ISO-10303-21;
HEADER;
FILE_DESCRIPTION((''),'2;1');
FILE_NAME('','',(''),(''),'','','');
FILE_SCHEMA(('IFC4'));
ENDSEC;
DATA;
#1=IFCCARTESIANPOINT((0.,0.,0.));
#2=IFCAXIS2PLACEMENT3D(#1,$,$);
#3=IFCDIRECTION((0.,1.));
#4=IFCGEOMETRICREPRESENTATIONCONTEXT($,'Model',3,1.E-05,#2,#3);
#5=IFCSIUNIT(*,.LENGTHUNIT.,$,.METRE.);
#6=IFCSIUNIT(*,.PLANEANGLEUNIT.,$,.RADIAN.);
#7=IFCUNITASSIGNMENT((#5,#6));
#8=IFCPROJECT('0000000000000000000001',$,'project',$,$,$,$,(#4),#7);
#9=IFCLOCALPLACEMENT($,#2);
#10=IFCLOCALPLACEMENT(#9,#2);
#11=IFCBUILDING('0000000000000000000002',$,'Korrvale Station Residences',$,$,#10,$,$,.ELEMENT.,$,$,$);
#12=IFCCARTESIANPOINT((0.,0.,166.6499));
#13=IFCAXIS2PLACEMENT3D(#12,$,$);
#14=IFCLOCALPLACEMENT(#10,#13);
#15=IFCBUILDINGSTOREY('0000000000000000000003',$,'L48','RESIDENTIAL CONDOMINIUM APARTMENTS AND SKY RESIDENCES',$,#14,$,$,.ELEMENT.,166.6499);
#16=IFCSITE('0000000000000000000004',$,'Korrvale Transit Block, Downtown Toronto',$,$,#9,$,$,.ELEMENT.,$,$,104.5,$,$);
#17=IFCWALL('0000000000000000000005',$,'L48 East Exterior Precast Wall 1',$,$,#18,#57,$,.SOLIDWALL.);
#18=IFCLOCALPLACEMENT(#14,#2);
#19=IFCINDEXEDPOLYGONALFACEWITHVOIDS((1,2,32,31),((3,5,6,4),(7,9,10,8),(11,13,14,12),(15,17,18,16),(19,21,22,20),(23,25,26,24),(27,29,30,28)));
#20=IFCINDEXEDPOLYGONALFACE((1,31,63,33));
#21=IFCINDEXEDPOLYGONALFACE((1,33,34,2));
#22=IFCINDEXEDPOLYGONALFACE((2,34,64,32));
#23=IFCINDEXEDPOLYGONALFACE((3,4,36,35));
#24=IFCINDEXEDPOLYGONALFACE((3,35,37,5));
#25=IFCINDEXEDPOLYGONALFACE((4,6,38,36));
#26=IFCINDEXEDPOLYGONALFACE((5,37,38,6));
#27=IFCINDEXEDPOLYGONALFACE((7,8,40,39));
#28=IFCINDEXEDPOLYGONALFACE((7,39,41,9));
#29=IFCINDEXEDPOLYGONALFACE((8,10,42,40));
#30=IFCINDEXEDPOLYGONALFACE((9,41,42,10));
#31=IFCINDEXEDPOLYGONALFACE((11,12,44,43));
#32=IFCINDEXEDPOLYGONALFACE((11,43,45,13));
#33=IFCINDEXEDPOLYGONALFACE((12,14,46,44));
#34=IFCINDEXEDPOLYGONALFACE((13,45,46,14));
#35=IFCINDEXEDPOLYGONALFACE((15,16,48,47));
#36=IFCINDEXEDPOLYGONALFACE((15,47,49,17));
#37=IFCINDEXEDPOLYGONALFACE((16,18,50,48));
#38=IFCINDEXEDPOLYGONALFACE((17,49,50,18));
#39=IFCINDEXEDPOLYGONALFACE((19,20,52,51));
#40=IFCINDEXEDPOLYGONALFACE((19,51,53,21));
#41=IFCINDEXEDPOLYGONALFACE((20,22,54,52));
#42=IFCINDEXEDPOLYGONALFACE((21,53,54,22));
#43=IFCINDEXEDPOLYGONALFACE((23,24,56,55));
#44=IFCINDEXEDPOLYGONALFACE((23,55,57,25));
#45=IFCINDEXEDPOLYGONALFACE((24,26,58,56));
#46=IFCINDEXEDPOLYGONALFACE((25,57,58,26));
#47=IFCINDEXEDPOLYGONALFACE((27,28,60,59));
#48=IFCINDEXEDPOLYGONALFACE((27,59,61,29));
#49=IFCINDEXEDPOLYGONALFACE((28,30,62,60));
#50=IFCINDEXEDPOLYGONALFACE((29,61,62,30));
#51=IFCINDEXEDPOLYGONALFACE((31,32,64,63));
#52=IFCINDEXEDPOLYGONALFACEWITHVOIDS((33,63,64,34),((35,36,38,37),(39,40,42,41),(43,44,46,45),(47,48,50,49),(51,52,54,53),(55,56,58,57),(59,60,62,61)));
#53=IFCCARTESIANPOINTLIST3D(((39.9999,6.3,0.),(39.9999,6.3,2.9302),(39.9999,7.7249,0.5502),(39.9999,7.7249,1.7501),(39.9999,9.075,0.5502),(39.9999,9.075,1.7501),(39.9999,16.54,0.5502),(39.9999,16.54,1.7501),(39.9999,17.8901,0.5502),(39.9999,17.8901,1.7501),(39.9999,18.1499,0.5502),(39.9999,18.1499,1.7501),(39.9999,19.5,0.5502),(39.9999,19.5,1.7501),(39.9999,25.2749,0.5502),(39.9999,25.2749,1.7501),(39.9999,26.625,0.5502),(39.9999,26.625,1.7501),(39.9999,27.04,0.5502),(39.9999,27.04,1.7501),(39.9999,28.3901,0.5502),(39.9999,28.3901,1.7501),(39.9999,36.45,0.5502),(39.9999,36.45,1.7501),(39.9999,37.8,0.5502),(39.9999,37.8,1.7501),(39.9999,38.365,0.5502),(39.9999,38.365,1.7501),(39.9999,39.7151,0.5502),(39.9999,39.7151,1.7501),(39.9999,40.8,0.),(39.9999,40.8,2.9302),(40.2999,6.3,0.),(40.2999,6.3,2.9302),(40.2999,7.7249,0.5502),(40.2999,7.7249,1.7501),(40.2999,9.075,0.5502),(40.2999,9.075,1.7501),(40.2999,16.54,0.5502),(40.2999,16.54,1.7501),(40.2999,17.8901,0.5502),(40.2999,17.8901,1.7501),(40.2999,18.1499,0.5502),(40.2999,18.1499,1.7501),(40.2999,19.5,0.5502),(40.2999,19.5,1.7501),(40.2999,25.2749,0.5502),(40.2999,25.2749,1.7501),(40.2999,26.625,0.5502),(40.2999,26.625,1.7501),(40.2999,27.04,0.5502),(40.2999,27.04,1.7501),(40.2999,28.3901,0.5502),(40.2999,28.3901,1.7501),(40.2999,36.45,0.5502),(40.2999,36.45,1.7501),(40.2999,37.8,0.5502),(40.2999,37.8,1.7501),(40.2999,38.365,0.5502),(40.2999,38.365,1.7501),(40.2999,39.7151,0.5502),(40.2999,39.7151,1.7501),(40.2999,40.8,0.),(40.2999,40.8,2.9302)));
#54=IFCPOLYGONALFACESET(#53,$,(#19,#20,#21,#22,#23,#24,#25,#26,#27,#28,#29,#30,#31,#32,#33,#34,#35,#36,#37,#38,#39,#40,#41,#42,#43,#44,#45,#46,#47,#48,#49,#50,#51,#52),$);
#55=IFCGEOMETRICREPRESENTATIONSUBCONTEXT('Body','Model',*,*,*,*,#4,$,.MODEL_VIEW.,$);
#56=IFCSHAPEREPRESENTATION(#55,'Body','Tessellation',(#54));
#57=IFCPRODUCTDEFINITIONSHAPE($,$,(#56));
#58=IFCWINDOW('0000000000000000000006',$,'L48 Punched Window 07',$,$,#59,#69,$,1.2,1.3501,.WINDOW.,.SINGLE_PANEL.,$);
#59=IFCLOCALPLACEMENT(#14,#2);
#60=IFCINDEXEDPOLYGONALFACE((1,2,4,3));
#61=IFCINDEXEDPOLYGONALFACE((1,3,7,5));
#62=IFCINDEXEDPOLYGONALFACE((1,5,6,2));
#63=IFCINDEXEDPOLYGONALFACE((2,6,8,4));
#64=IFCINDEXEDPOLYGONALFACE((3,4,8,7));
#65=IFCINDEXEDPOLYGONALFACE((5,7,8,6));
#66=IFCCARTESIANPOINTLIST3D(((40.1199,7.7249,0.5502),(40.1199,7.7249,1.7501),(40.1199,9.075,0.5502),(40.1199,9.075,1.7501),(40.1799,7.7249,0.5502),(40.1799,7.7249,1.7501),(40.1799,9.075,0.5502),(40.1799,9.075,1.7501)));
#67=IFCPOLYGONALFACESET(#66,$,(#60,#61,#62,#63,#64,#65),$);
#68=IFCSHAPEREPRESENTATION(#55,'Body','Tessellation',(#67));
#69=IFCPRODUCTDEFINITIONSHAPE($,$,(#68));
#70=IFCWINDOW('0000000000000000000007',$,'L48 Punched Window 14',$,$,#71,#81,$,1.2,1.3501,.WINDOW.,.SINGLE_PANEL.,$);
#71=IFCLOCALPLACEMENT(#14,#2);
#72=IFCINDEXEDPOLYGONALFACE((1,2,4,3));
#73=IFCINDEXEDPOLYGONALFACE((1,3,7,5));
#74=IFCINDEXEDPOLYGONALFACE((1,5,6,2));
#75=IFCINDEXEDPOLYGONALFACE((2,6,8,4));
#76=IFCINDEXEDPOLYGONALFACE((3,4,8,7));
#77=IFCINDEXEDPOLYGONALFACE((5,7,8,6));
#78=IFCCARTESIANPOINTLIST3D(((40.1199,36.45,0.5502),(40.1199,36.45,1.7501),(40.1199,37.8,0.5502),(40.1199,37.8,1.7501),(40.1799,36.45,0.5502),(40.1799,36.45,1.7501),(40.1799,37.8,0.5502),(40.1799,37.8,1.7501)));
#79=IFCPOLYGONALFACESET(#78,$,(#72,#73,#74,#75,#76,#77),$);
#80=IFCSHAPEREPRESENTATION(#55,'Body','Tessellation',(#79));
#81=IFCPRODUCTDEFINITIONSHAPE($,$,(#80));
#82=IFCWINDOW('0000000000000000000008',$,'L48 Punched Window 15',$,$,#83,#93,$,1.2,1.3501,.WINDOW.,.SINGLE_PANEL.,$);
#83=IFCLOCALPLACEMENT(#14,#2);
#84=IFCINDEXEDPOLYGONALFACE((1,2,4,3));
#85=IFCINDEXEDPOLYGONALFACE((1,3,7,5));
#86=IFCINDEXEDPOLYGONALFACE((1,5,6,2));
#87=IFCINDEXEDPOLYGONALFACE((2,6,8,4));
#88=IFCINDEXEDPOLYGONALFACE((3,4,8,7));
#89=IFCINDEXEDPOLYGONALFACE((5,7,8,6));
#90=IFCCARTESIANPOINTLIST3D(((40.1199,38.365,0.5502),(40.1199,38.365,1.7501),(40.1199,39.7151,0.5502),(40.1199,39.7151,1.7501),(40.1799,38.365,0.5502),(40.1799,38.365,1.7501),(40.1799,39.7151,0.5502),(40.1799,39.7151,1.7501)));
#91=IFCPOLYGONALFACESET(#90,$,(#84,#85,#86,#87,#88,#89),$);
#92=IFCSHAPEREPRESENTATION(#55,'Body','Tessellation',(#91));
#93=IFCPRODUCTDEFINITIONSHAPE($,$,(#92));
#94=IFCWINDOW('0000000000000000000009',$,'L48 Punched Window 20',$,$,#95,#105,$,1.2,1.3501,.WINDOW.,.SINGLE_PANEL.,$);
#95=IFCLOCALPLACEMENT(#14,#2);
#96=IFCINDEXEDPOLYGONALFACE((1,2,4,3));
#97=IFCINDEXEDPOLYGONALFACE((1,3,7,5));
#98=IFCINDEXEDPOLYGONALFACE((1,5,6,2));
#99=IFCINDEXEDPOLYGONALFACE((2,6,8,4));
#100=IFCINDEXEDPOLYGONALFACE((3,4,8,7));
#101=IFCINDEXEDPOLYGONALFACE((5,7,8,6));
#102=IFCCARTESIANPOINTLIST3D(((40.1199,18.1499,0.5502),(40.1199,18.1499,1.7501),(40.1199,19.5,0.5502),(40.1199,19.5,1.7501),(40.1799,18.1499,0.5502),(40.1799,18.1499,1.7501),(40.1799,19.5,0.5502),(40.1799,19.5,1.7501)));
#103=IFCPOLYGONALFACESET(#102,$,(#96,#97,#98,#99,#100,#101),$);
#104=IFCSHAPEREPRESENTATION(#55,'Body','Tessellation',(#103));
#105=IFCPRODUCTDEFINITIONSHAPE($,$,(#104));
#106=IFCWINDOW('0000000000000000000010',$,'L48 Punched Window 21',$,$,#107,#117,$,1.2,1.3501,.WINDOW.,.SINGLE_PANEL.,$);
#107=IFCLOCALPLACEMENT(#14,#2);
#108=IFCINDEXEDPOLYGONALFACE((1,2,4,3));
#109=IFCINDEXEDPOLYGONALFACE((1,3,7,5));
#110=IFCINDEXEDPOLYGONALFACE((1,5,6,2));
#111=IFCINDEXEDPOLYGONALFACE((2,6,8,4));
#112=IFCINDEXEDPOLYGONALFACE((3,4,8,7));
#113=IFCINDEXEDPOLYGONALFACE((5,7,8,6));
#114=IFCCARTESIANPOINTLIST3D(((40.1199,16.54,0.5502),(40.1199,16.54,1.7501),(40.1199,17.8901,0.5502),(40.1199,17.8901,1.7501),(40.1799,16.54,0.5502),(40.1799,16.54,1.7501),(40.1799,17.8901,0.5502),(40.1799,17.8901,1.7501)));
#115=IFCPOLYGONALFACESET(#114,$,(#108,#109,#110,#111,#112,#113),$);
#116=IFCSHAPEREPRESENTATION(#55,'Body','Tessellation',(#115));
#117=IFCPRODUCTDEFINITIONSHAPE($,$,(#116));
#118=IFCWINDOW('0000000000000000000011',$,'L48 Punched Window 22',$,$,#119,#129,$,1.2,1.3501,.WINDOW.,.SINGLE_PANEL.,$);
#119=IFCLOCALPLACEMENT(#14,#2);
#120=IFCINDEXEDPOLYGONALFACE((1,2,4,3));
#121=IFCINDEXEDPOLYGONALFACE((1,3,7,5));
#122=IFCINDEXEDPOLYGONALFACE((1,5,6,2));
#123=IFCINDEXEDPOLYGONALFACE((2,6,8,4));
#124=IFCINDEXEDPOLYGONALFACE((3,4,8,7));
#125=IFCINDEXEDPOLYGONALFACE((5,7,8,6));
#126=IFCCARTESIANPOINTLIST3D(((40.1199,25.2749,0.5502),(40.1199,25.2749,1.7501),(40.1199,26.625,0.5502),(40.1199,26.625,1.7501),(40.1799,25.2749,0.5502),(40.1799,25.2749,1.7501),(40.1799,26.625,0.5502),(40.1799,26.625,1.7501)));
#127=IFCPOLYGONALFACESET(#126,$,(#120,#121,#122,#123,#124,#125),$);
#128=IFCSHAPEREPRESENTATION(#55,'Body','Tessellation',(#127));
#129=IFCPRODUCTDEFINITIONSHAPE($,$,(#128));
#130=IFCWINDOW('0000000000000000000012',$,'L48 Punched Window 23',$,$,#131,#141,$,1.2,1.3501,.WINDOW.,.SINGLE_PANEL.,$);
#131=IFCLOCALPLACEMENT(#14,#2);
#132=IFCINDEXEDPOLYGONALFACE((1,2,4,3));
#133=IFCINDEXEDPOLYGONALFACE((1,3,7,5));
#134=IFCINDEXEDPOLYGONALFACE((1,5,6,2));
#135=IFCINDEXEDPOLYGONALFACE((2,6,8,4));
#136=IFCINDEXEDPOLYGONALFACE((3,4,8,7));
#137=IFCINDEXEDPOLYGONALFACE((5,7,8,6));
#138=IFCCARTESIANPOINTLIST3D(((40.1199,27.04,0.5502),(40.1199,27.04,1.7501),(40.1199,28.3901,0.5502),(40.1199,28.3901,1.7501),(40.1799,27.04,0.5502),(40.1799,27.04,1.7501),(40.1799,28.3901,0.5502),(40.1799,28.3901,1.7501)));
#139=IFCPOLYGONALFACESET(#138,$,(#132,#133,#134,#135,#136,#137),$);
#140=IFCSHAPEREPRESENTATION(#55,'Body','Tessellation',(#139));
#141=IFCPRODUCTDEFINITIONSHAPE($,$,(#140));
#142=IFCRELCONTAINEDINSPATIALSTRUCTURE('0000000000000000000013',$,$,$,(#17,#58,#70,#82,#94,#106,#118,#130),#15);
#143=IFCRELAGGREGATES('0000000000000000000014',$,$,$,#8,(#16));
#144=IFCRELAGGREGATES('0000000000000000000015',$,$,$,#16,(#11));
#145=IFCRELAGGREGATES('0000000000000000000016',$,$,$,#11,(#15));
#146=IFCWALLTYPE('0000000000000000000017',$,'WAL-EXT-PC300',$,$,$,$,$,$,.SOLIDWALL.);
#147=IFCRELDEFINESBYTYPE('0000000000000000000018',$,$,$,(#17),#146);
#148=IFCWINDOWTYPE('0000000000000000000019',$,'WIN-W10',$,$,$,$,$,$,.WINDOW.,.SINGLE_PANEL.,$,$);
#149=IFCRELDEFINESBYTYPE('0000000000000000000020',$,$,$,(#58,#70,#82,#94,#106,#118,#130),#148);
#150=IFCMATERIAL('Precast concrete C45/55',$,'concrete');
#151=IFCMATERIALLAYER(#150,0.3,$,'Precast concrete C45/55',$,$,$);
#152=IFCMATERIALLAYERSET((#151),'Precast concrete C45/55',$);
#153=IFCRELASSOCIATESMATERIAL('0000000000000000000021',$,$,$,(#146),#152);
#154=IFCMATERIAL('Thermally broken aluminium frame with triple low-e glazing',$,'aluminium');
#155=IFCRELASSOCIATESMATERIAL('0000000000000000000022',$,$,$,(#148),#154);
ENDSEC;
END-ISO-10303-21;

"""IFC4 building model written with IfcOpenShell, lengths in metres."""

from ifc_helpers import new_model, si_unit, direction, frame, frame_2d, origin, place, context, subcontext, project, spatial, rectangle, extrude, material, layer, layer_set, type_object, element, fill, save


model = new_model("IFC4")

# Units and contexts
model_context = context("Model", 3, precision=1e-05, world=origin(), true_north=direction((0.0, 1.0)))
body_context = subcontext(model_context, "Body", "Model", "MODEL_VIEW")
ifc_project = project(units=[si_unit("LENGTHUNIT", "METRE"), si_unit("PLANEANGLEUNIT", "RADIAN")], contexts=[model_context])

# Site, building, storey
site_placement = place(None, origin())
site = spatial("IfcSite", under=ifc_project, at=site_placement, Name="Korrvale Transit Block, Downtown Toronto", CompositionType="ELEMENT", RefElevation=104.5)
building_placement = place(site_placement, origin())
building = spatial("IfcBuilding", under=site, at=building_placement, Name="Korrvale Station Residences", CompositionType="ELEMENT")
storey_placement = place(building_placement, frame((0.0, 0.0, 166.6499)))
storey = spatial("IfcBuildingStorey", under=building, at=storey_placement, Name="L48", Description="RESIDENTIAL CONDOMINIUM APARTMENTS AND SKY RESIDENCES", CompositionType="ELEMENT", Elevation=166.6499)

# Shared definitions
ifc_material_1 = material(Name="Precast concrete C45/55", Category="concrete")
ifc_layer_1 = layer(ifc_material_1, 0.3, Name="Precast concrete C45/55")
ifc_layer_set_1 = layer_set([ifc_layer_1], Name="Precast concrete C45/55")
wall_type_1 = type_object("IfcWallType", Name="WAL-EXT-PC300", PredefinedType="SOLIDWALL", material=ifc_layer_set_1)

# Wall, openings, windows
wall_1_placement = place(storey_placement, frame((40.1499, 40.8, 0.0), z_axis=(0.0, 0.0, 1.0), x_axis=(0.0, -1.0, 0.0)))
wall_1 = element("IfcWall", 1, at=wall_1_placement, inside=storey, type_object=wall_type_1, Name="L48 East Exterior Precast Wall 1", PredefinedType="SOLIDWALL", context=body_context, shape_type="SweptSolid", body=[
    extrude(rectangle(XDim=34.5, YDim=0.3, at=frame_2d((17.25, 0.0))), origin(), (0.0, 0.0, 1.0), 2.9302),
])
opening_1_placement = place(wall_1_placement, frame((31.7251, 0.0, 0.55)))
opening_1 = element("IfcOpeningElement", 2, at=opening_1_placement, cuts=wall_1, PredefinedType="OPENING", context=body_context, shape_type="SweptSolid", body=[
    extrude(rectangle(XDim=1.3501, YDim=1.2, at=frame_2d((0.675, 0.6001))), frame((0.0, 0.1602, 0.0), z_axis=(0.0, -1.0, 0.0), x_axis=(1.0, 0.0, 0.0)), (0.0, 0.0, 1.0), 0.3201),
])
opening_2_placement = place(wall_1_placement, frame((3.0, 0.0, 0.55)))
opening_2 = element("IfcOpeningElement", 3, at=opening_2_placement, cuts=wall_1, PredefinedType="OPENING", context=body_context, shape_type="SweptSolid", body=[
    extrude(rectangle(XDim=1.3501, YDim=1.2, at=frame_2d((0.675, 0.6001))), frame((0.0, 0.1602, 0.0), z_axis=(0.0, -1.0, 0.0), x_axis=(1.0, 0.0, 0.0)), (0.0, 0.0, 1.0), 0.3201),
])
opening_3_placement = place(wall_1_placement, frame((1.085, 0.0, 0.55)))
opening_3 = element("IfcOpeningElement", 4, at=opening_3_placement, cuts=wall_1, PredefinedType="OPENING", context=body_context, shape_type="SweptSolid", body=[
    extrude(rectangle(XDim=1.3501, YDim=1.2, at=frame_2d((0.675, 0.6001))), frame((0.0, 0.1602, 0.0), z_axis=(0.0, -1.0, 0.0), x_axis=(1.0, 0.0, 0.0)), (0.0, 0.0, 1.0), 0.3201),
])
opening_4_placement = place(wall_1_placement, frame((21.3, 0.0, 0.55)))
opening_4 = element("IfcOpeningElement", 5, at=opening_4_placement, cuts=wall_1, PredefinedType="OPENING", context=body_context, shape_type="SweptSolid", body=[
    extrude(rectangle(XDim=1.3501, YDim=1.2, at=frame_2d((0.675, 0.6001))), frame((0.0, 0.1602, 0.0), z_axis=(0.0, -1.0, 0.0), x_axis=(1.0, 0.0, 0.0)), (0.0, 0.0, 1.0), 0.3201),
])
opening_5_placement = place(wall_1_placement, frame((22.9099, 0.0, 0.55)))
opening_5 = element("IfcOpeningElement", 6, at=opening_5_placement, cuts=wall_1, PredefinedType="OPENING", context=body_context, shape_type="SweptSolid", body=[
    extrude(rectangle(XDim=1.3501, YDim=1.2, at=frame_2d((0.675, 0.6001))), frame((0.0, 0.1602, 0.0), z_axis=(0.0, -1.0, 0.0), x_axis=(1.0, 0.0, 0.0)), (0.0, 0.0, 1.0), 0.3201),
])
opening_6_placement = place(wall_1_placement, frame((14.175, 0.0, 0.55)))
opening_6 = element("IfcOpeningElement", 7, at=opening_6_placement, cuts=wall_1, PredefinedType="OPENING", context=body_context, shape_type="SweptSolid", body=[
    extrude(rectangle(XDim=1.3501, YDim=1.2, at=frame_2d((0.675, 0.6001))), frame((0.0, 0.1602, 0.0), z_axis=(0.0, -1.0, 0.0), x_axis=(1.0, 0.0, 0.0)), (0.0, 0.0, 1.0), 0.3201),
])
opening_7_placement = place(wall_1_placement, frame((12.4099, 0.0, 0.55)))
opening_7 = element("IfcOpeningElement", 8, at=opening_7_placement, cuts=wall_1, PredefinedType="OPENING", context=body_context, shape_type="SweptSolid", body=[
    extrude(rectangle(XDim=1.3501, YDim=1.2, at=frame_2d((0.675, 0.6001))), frame((0.0, 0.1602, 0.0), z_axis=(0.0, -1.0, 0.0), x_axis=(1.0, 0.0, 0.0)), (0.0, 0.0, 1.0), 0.3201),
])
ifc_material_2 = material(Name="Thermally broken aluminium frame with triple low-e glazing", Category="aluminium")
window_type = type_object("IfcWindowType", Name="WIN-W10", PartitioningType="SINGLE_PANEL", PredefinedType="WINDOW", material=ifc_material_2)
window_1_placement = place(opening_1_placement, origin())
window_1 = element("IfcWindow", 9, at=window_1_placement, inside=storey, type_object=window_type, Name="L48 Punched Window 07", OverallHeight=1.2, OverallWidth=1.3501, PartitioningType="SINGLE_PANEL", PredefinedType="WINDOW", context=body_context, shape_type="SweptSolid", body=[
    extrude(rectangle(XDim=1.3501, YDim=1.2, at=frame_2d((0.675, 0.6001))), frame((0.0, 0.03, 0.0), z_axis=(0.0, -1.0, 0.0), x_axis=(1.0, 0.0, 0.0)), (0.0, 0.0, 1.0), 0.0601),
])
fill(opening_1, window_1)
window_2_placement = place(opening_2_placement, origin())
window_2 = element("IfcWindow", 10, at=window_2_placement, inside=storey, type_object=window_type, Name="L48 Punched Window 14", OverallHeight=1.2, OverallWidth=1.3501, PartitioningType="SINGLE_PANEL", PredefinedType="WINDOW", context=body_context, shape_type="SweptSolid", body=[
    extrude(rectangle(XDim=1.3501, YDim=1.2, at=frame_2d((0.675, 0.6001))), frame((0.0, 0.03, 0.0), z_axis=(0.0, -1.0, 0.0), x_axis=(1.0, 0.0, 0.0)), (0.0, 0.0, 1.0), 0.0601),
])
fill(opening_2, window_2)
window_3_placement = place(opening_3_placement, origin())
window_3 = element("IfcWindow", 11, at=window_3_placement, inside=storey, type_object=window_type, Name="L48 Punched Window 15", OverallHeight=1.2, OverallWidth=1.3501, PartitioningType="SINGLE_PANEL", PredefinedType="WINDOW", context=body_context, shape_type="SweptSolid", body=[
    extrude(rectangle(XDim=1.3501, YDim=1.2, at=frame_2d((0.675, 0.6001))), frame((0.0, 0.03, 0.0), z_axis=(0.0, -1.0, 0.0), x_axis=(1.0, 0.0, 0.0)), (0.0, 0.0, 1.0), 0.0601),
])
fill(opening_3, window_3)
window_4_placement = place(opening_4_placement, origin())
window_4 = element("IfcWindow", 12, at=window_4_placement, inside=storey, type_object=window_type, Name="L48 Punched Window 20", OverallHeight=1.2, OverallWidth=1.3501, PartitioningType="SINGLE_PANEL", PredefinedType="WINDOW", context=body_context, shape_type="SweptSolid", body=[
    extrude(rectangle(XDim=1.3501, YDim=1.2, at=frame_2d((0.675, 0.6001))), frame((0.0, 0.03, 0.0), z_axis=(0.0, -1.0, 0.0), x_axis=(1.0, 0.0, 0.0)), (0.0, 0.0, 1.0), 0.0601),
])
fill(opening_4, window_4)
window_5_placement = place(opening_5_placement, origin())
window_5 = element("IfcWindow", 13, at=window_5_placement, inside=storey, type_object=window_type, Name="L48 Punched Window 21", OverallHeight=1.2, OverallWidth=1.3501, PartitioningType="SINGLE_PANEL", PredefinedType="WINDOW", context=body_context, shape_type="SweptSolid", body=[
    extrude(rectangle(XDim=1.3501, YDim=1.2, at=frame_2d((0.675, 0.6001))), frame((0.0, 0.03, 0.0), z_axis=(0.0, -1.0, 0.0), x_axis=(1.0, 0.0, 0.0)), (0.0, 0.0, 1.0), 0.0601),
])
fill(opening_5, window_5)
window_6_placement = place(opening_6_placement, origin())
window_6 = element("IfcWindow", 14, at=window_6_placement, inside=storey, type_object=window_type, Name="L48 Punched Window 22", OverallHeight=1.2, OverallWidth=1.3501, PartitioningType="SINGLE_PANEL", PredefinedType="WINDOW", context=body_context, shape_type="SweptSolid", body=[
    extrude(rectangle(XDim=1.3501, YDim=1.2, at=frame_2d((0.675, 0.6001))), frame((0.0, 0.03, 0.0), z_axis=(0.0, -1.0, 0.0), x_axis=(1.0, 0.0, 0.0)), (0.0, 0.0, 1.0), 0.0601),
])
fill(opening_6, window_6)
window_7_placement = place(opening_7_placement, origin())
window_7 = element("IfcWindow", 15, at=window_7_placement, inside=storey, type_object=window_type, Name="L48 Punched Window 23", OverallHeight=1.2, OverallWidth=1.3501, PartitioningType="SINGLE_PANEL", PredefinedType="WINDOW", context=body_context, shape_type="SweptSolid", body=[
    extrude(rectangle(XDim=1.3501, YDim=1.2, at=frame_2d((0.675, 0.6001))), frame((0.0, 0.03, 0.0), z_axis=(0.0, -1.0, 0.0), x_axis=(1.0, 0.0, 0.0)), (0.0, 0.0, 1.0), 0.0601),
])
fill(opening_7, window_7)

save(model, "model.ifc")
